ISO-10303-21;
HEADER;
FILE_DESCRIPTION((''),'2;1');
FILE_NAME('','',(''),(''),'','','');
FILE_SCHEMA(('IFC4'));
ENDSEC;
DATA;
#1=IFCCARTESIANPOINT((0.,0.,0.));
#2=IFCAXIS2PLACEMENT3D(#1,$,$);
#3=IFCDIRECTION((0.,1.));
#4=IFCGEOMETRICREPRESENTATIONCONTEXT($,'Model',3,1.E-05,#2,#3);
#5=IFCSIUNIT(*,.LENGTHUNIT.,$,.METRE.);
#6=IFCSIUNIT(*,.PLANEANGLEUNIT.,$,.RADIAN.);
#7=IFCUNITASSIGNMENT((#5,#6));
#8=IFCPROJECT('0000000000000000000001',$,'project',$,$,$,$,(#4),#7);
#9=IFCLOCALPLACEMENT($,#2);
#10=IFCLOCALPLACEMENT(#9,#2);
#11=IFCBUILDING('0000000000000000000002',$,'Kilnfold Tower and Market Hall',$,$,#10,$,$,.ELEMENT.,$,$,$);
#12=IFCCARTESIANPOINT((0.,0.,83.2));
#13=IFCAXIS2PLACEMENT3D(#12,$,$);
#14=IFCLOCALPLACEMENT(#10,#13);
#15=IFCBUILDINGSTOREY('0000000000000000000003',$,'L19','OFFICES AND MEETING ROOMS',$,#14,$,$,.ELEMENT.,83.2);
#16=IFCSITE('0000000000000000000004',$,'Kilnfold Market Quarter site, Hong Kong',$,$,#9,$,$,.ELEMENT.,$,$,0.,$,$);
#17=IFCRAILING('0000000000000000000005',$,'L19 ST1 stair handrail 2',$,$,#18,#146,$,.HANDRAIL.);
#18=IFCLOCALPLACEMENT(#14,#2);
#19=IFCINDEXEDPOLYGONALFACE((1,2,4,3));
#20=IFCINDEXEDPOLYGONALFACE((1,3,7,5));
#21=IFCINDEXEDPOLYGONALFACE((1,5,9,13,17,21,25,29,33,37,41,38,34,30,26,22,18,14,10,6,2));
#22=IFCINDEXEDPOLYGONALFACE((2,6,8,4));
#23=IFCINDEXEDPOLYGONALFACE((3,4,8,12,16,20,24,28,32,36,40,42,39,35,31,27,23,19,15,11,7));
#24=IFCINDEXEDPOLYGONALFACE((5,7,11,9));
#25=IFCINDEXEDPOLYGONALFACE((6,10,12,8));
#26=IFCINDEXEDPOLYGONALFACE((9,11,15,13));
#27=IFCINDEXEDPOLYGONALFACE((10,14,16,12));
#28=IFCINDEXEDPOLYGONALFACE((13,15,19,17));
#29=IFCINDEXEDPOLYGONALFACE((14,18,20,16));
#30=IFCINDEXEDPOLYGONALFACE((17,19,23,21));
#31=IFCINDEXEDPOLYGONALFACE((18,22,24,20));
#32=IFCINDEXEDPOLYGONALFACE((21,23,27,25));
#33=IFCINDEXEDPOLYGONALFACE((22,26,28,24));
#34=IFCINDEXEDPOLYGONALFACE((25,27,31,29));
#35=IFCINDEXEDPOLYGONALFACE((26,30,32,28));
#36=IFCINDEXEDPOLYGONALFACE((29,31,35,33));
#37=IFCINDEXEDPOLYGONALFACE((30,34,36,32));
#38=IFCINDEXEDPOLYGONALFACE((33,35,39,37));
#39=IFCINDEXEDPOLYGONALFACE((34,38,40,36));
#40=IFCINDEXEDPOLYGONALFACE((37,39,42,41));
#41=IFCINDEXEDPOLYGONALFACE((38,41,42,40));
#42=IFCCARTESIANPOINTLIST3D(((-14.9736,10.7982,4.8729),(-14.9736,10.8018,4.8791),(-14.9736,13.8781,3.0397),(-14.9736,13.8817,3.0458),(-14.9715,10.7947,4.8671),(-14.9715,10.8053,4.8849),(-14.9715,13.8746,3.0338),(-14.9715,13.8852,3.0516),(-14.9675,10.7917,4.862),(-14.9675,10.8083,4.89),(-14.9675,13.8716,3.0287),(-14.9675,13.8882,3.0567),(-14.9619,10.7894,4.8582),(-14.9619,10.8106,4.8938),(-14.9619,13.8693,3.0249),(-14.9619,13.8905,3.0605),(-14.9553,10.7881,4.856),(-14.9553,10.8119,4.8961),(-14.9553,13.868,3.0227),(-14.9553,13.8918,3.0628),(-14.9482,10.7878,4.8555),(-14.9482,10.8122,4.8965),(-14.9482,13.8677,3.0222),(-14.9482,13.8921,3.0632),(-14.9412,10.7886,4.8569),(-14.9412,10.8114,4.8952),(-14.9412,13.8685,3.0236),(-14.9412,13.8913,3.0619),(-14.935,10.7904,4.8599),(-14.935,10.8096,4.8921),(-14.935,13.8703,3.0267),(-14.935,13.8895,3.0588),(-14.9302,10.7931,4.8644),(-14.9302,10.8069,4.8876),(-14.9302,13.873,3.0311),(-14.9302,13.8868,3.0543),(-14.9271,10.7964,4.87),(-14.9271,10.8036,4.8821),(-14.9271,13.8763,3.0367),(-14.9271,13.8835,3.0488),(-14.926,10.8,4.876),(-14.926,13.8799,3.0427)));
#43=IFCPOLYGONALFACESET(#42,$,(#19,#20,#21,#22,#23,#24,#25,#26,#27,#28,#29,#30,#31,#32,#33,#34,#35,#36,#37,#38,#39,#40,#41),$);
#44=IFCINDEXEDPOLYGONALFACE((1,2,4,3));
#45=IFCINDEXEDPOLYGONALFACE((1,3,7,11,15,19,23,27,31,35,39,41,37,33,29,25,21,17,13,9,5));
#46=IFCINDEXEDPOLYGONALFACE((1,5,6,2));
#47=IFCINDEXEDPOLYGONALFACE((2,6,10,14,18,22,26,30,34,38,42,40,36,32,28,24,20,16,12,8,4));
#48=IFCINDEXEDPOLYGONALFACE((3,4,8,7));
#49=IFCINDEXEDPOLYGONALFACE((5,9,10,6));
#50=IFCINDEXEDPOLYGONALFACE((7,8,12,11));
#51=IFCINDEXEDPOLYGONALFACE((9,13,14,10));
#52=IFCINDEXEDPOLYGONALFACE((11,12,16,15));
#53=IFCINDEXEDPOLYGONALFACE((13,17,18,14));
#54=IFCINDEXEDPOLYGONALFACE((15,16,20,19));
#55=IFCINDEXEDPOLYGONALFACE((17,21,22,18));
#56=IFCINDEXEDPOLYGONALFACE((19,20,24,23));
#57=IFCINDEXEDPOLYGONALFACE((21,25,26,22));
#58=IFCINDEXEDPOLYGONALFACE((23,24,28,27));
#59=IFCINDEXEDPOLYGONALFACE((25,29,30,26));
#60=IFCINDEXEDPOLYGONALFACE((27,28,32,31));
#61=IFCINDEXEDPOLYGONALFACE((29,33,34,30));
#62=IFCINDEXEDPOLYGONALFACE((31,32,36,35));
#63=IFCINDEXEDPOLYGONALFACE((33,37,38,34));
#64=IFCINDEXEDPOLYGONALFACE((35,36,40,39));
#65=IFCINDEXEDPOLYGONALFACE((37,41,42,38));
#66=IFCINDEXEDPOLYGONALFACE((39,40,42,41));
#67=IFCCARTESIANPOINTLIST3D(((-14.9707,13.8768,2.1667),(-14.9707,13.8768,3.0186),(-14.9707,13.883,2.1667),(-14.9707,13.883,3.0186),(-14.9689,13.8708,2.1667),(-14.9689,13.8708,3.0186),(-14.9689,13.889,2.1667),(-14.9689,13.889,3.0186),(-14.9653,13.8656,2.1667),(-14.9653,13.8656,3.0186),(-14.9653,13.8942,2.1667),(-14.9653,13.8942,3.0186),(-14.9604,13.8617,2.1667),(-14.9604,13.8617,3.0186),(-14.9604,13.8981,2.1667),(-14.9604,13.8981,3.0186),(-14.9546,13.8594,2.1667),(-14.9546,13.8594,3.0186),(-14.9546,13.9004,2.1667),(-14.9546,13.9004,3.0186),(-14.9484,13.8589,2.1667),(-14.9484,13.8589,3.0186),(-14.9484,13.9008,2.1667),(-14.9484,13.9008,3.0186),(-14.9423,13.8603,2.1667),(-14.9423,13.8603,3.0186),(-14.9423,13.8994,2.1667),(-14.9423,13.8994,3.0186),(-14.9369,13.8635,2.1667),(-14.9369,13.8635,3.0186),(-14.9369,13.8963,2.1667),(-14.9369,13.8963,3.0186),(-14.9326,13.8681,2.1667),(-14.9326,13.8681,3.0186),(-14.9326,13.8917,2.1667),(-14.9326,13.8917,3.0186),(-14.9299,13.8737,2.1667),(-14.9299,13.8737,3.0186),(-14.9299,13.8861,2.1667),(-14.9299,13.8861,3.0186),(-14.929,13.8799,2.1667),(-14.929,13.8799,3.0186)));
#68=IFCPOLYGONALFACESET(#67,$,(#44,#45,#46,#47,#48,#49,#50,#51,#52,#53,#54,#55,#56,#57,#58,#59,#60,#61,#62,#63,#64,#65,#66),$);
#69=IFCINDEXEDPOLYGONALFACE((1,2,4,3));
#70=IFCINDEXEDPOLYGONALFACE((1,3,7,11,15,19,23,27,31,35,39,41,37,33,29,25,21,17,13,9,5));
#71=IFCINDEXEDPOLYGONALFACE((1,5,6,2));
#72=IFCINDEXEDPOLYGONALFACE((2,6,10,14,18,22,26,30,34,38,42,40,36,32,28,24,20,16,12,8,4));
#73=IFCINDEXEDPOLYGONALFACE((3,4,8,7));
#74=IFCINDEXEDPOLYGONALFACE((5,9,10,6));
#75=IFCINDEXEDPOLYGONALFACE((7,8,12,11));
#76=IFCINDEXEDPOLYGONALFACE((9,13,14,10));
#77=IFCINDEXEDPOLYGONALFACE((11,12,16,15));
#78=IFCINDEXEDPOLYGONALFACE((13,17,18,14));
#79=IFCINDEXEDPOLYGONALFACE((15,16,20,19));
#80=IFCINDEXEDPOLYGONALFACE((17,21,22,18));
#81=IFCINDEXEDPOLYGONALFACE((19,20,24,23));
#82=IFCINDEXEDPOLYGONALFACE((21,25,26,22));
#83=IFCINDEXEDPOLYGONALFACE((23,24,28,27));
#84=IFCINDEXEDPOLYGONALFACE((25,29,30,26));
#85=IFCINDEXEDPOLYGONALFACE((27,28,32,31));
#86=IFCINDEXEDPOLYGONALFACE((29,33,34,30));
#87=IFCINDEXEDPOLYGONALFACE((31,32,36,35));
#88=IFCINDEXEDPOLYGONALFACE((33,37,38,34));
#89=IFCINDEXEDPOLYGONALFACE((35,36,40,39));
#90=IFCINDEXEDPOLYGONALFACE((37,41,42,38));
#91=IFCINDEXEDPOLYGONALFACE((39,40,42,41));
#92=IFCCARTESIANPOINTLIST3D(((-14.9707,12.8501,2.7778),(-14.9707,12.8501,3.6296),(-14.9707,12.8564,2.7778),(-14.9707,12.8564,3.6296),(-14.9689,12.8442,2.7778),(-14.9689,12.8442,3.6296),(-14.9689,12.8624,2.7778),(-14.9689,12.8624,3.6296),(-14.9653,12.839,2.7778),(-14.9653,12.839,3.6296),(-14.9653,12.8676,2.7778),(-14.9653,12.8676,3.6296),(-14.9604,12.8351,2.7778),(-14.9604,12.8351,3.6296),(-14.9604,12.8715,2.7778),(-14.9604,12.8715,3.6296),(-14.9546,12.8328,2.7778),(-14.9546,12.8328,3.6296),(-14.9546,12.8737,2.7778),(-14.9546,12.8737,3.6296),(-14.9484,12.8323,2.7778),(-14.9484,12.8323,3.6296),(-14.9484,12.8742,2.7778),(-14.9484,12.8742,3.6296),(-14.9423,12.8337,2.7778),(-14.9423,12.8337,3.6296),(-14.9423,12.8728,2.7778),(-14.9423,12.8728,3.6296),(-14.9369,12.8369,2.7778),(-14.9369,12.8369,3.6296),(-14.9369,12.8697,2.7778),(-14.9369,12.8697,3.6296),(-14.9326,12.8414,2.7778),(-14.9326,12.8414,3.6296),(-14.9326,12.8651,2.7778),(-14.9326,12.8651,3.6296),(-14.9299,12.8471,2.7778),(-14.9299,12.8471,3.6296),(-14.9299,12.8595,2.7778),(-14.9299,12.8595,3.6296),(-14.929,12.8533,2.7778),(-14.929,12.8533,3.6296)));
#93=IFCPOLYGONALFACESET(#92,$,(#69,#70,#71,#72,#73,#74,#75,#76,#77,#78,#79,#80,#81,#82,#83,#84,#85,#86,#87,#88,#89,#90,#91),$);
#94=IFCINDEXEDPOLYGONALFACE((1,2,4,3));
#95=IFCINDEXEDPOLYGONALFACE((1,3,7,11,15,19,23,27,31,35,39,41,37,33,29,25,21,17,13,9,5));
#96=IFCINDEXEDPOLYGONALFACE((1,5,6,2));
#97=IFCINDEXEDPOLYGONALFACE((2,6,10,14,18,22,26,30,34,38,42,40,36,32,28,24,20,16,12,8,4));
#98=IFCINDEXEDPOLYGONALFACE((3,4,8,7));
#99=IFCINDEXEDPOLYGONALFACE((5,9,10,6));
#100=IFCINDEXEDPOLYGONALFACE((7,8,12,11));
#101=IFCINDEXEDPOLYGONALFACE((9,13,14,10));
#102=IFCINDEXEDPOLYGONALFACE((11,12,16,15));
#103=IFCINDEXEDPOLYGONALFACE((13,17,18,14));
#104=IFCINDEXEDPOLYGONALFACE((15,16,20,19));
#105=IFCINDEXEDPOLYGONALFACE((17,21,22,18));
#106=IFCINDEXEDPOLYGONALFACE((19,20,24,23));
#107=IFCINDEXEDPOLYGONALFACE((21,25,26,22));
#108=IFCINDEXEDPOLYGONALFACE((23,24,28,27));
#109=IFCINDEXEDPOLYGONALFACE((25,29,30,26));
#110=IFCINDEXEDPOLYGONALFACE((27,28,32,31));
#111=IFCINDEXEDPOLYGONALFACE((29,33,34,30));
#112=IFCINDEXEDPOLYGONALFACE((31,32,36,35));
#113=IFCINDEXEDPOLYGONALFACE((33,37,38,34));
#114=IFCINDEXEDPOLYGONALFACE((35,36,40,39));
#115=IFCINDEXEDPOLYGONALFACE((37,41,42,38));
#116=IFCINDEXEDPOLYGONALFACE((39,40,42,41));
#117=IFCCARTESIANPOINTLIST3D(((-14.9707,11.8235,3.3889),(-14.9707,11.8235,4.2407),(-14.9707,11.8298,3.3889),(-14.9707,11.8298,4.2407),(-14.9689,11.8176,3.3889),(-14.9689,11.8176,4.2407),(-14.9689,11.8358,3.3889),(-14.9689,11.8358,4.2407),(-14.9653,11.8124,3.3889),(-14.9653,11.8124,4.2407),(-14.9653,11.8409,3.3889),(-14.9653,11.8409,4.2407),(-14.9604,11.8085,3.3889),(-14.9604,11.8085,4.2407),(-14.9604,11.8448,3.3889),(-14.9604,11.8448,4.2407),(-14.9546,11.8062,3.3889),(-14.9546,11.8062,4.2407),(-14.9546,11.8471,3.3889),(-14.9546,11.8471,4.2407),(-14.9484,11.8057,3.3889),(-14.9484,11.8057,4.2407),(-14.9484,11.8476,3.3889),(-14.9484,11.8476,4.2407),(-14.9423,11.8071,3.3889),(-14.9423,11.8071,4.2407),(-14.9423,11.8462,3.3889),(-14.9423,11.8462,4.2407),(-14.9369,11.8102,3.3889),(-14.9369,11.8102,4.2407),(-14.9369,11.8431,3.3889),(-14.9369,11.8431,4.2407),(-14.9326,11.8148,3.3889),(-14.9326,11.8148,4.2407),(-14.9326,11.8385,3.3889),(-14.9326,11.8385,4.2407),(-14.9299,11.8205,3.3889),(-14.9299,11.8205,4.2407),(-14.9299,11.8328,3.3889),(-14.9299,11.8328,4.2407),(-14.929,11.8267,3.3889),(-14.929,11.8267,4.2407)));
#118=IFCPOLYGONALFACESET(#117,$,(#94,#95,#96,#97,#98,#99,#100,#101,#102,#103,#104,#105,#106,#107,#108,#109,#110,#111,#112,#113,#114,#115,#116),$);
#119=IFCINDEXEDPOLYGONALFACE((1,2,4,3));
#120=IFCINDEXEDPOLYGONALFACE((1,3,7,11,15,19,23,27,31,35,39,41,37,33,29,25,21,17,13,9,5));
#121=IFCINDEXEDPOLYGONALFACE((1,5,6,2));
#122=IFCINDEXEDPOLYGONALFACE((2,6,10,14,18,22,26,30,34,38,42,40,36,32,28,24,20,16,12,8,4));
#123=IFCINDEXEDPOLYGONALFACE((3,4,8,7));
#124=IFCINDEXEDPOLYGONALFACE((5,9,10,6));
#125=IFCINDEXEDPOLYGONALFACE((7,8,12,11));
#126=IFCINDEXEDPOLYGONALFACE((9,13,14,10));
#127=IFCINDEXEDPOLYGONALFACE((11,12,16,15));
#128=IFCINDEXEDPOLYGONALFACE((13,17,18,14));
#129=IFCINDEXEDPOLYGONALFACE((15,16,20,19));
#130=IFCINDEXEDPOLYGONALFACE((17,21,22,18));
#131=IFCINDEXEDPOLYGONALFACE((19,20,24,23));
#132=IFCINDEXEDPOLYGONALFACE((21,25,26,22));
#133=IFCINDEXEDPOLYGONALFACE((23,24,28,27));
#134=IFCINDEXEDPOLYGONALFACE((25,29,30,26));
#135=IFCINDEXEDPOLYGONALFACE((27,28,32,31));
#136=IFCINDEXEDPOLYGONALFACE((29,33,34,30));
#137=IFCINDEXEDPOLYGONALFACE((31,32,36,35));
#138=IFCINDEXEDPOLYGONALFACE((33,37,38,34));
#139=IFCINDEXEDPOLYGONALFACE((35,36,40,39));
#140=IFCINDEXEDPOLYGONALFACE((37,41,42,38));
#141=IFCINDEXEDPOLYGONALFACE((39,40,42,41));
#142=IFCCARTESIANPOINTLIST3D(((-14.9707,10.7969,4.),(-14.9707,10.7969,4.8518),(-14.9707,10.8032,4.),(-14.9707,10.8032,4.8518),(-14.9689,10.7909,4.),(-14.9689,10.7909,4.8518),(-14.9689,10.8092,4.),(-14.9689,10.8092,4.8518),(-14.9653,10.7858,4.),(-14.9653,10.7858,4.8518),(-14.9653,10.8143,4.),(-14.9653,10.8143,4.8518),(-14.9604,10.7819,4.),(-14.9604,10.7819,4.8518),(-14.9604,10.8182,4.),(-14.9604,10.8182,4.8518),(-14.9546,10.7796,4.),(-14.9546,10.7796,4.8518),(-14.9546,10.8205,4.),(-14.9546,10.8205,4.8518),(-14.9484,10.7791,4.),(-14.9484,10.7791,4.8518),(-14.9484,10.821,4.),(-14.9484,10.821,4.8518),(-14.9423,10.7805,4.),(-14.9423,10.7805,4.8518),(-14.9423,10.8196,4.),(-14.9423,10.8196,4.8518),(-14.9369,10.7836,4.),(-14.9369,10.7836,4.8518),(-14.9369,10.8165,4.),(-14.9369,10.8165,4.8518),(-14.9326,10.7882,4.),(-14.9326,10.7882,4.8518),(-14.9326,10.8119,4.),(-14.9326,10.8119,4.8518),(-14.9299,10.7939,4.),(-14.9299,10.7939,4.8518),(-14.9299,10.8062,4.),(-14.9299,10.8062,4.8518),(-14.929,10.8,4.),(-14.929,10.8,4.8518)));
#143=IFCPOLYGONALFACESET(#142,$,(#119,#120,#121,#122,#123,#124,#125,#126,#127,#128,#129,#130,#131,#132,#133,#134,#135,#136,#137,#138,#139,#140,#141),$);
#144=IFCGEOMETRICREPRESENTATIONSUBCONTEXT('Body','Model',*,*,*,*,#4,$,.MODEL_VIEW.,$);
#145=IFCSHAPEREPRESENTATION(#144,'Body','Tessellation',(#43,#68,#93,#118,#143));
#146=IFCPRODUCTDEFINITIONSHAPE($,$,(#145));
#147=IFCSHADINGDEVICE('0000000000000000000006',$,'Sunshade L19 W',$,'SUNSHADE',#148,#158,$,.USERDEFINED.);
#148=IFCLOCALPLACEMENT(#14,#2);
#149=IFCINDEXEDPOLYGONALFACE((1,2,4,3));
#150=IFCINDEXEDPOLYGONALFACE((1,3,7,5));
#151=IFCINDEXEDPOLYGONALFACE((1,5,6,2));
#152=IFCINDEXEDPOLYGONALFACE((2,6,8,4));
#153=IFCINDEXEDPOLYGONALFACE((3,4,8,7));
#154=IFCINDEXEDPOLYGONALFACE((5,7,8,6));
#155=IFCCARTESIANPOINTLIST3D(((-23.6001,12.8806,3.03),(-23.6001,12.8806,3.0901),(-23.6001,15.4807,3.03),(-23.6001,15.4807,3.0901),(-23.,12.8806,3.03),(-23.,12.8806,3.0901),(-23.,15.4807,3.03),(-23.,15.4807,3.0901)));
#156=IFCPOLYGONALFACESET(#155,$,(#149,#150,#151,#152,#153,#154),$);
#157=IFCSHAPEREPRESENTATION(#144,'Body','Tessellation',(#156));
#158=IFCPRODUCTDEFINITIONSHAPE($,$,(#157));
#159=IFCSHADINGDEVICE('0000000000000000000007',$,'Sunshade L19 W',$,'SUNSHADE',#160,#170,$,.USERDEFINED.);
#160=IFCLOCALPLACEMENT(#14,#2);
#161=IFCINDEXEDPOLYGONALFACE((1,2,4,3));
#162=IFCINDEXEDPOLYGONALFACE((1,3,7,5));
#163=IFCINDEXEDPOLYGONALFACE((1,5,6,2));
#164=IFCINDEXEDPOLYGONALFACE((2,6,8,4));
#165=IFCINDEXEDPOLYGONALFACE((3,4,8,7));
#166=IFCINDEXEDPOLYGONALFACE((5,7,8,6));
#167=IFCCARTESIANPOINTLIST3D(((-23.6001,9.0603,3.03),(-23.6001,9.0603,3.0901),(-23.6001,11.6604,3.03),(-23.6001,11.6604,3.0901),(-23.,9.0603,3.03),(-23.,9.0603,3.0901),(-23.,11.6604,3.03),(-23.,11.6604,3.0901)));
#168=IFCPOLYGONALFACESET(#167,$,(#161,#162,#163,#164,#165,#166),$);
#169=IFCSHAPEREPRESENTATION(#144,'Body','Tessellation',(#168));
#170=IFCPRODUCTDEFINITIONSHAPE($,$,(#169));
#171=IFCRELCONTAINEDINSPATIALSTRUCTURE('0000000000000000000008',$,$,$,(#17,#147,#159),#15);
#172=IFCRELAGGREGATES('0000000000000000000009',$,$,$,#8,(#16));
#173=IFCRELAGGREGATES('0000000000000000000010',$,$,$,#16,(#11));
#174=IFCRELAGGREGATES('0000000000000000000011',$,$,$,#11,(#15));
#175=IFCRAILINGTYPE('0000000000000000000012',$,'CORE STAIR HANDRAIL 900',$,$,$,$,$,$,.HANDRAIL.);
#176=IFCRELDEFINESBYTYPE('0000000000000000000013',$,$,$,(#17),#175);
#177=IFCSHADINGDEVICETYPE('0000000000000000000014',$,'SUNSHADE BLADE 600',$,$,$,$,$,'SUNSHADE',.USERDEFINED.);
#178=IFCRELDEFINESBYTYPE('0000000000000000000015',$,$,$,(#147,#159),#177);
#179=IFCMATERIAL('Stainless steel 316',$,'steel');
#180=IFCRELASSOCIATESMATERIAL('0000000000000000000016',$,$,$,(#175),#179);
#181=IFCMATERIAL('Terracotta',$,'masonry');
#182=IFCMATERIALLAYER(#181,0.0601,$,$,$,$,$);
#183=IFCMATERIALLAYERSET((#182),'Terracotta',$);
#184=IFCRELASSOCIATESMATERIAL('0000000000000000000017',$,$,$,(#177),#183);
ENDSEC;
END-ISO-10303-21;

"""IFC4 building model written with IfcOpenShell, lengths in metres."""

from ifc_helpers import new_model, si_unit, direction, frame, origin, origin_2d, place, context, subcontext, project, spatial, rectangle, circle, extrude, source, transform, mapped, material, layer, layer_set, type_object, element, save


model = new_model("IFC4")

# Units and contexts
model_context = context("Model", 3, precision=1e-05, world=origin(), true_north=direction((0.0, 1.0)))
body_context = subcontext(model_context, "Body", "Model", "MODEL_VIEW")
ifc_project = project(units=[si_unit("LENGTHUNIT", "METRE"), si_unit("PLANEANGLEUNIT", "RADIAN")], contexts=[model_context])

# Site, building, storey
site_placement = place(None, origin())
site = spatial("IfcSite", under=ifc_project, at=site_placement, Name="Kilnfold Market Quarter site, Hong Kong", CompositionType="ELEMENT", RefElevation=0.0)
building_placement = place(site_placement, origin())
building = spatial("IfcBuilding", under=site, at=building_placement, Name="Kilnfold Tower and Market Hall", CompositionType="ELEMENT")
storey_placement = place(building_placement, frame((0.0, 0.0, 83.2)))
storey = spatial("IfcBuildingStorey", under=building, at=storey_placement, Name="L19", Description="OFFICES AND MEETING ROOMS", CompositionType="ELEMENT", Elevation=83.2)

# Railing
ifc_material_1 = material(Name="Stainless steel 316", Category="steel")
railing_type_1 = type_object("IfcRailingType", Name="CORE STAIR HANDRAIL 900", PredefinedType="HANDRAIL", material=ifc_material_1)
railing_1_placement = place(storey_placement, frame((-14.95, 13.8799, 2.1667)))
element("IfcRailing", 1, at=railing_1_placement, inside=storey, type_object=railing_type_1, Name="L19 ST1 stair handrail 2", PredefinedType="HANDRAIL", context=body_context, shape_type="SweptSolid", body=[
    extrude(circle(Radius=0.0239, at=origin_2d()), frame((0.0, 0.0, 0.876), z_axis=(0.0, -0.859291, 0.511487), x_axis=(1.0, 0.0, 0.0)), (0.0, 0.0, 1.0), 3.5842),
    extrude(circle(Radius=0.021, at=origin_2d()), origin(), (0.0, 0.0, 1.0), 0.8518),
    extrude(circle(Radius=0.021, at=origin_2d()), frame((0.0, -1.0266, 0.6111)), (0.0, 0.0, 1.0), 0.8518),
    extrude(circle(Radius=0.021, at=origin_2d()), frame((0.0, -2.0532, 1.2222)), (0.0, 0.0, 1.0), 0.8518),
    extrude(circle(Radius=0.021, at=origin_2d()), frame((0.0, -3.0798, 1.8333)), (0.0, 0.0, 1.0), 0.8518),
])

# Shading devices
ifc_material_2 = material(Name="Terracotta", Category="masonry")
ifc_layer_1 = layer(ifc_material_2, 0.0601)
ifc_layer_set_1 = layer_set([ifc_layer_1], Name="Terracotta")
shading_device_type = type_object("IfcShadingDeviceType", Name="SUNSHADE BLADE 600", ElementType="SUNSHADE", PredefinedType="USERDEFINED", material=ifc_layer_set_1)
shared_shape_1 = source(origin(), body_context, "Body", "SweptSolid", [
    extrude(rectangle(XDim=2.6001, YDim=0.6001, at=origin_2d()), origin(), (0.0, 0.0, 1.0), 0.0601),
])
for number, where, z_axis, x_axis, name in (
    (2, (-23.3, 14.1807, 3.03), (0.0, 0.0, 1.0), (0.0, -1.0, 0.0), "Sunshade L19 W"),
    (3, (-23.3, 10.3604, 3.03), (0.0, 0.0, 1.0), (0.0, -1.0, 0.0), "Sunshade L19 W"),
):
    element("IfcShadingDevice", number, at=place(storey_placement, frame(where, z_axis=z_axis, x_axis=x_axis)), inside=storey, type_object=shading_device_type, Name=name, ObjectType="SUNSHADE", PredefinedType="USERDEFINED", context=body_context, shape_type="MappedRepresentation", body=[
        mapped(shared_shape_1, transform((0.0, 0.0, 0.0))),
    ])

save(model, "model.ifc")
